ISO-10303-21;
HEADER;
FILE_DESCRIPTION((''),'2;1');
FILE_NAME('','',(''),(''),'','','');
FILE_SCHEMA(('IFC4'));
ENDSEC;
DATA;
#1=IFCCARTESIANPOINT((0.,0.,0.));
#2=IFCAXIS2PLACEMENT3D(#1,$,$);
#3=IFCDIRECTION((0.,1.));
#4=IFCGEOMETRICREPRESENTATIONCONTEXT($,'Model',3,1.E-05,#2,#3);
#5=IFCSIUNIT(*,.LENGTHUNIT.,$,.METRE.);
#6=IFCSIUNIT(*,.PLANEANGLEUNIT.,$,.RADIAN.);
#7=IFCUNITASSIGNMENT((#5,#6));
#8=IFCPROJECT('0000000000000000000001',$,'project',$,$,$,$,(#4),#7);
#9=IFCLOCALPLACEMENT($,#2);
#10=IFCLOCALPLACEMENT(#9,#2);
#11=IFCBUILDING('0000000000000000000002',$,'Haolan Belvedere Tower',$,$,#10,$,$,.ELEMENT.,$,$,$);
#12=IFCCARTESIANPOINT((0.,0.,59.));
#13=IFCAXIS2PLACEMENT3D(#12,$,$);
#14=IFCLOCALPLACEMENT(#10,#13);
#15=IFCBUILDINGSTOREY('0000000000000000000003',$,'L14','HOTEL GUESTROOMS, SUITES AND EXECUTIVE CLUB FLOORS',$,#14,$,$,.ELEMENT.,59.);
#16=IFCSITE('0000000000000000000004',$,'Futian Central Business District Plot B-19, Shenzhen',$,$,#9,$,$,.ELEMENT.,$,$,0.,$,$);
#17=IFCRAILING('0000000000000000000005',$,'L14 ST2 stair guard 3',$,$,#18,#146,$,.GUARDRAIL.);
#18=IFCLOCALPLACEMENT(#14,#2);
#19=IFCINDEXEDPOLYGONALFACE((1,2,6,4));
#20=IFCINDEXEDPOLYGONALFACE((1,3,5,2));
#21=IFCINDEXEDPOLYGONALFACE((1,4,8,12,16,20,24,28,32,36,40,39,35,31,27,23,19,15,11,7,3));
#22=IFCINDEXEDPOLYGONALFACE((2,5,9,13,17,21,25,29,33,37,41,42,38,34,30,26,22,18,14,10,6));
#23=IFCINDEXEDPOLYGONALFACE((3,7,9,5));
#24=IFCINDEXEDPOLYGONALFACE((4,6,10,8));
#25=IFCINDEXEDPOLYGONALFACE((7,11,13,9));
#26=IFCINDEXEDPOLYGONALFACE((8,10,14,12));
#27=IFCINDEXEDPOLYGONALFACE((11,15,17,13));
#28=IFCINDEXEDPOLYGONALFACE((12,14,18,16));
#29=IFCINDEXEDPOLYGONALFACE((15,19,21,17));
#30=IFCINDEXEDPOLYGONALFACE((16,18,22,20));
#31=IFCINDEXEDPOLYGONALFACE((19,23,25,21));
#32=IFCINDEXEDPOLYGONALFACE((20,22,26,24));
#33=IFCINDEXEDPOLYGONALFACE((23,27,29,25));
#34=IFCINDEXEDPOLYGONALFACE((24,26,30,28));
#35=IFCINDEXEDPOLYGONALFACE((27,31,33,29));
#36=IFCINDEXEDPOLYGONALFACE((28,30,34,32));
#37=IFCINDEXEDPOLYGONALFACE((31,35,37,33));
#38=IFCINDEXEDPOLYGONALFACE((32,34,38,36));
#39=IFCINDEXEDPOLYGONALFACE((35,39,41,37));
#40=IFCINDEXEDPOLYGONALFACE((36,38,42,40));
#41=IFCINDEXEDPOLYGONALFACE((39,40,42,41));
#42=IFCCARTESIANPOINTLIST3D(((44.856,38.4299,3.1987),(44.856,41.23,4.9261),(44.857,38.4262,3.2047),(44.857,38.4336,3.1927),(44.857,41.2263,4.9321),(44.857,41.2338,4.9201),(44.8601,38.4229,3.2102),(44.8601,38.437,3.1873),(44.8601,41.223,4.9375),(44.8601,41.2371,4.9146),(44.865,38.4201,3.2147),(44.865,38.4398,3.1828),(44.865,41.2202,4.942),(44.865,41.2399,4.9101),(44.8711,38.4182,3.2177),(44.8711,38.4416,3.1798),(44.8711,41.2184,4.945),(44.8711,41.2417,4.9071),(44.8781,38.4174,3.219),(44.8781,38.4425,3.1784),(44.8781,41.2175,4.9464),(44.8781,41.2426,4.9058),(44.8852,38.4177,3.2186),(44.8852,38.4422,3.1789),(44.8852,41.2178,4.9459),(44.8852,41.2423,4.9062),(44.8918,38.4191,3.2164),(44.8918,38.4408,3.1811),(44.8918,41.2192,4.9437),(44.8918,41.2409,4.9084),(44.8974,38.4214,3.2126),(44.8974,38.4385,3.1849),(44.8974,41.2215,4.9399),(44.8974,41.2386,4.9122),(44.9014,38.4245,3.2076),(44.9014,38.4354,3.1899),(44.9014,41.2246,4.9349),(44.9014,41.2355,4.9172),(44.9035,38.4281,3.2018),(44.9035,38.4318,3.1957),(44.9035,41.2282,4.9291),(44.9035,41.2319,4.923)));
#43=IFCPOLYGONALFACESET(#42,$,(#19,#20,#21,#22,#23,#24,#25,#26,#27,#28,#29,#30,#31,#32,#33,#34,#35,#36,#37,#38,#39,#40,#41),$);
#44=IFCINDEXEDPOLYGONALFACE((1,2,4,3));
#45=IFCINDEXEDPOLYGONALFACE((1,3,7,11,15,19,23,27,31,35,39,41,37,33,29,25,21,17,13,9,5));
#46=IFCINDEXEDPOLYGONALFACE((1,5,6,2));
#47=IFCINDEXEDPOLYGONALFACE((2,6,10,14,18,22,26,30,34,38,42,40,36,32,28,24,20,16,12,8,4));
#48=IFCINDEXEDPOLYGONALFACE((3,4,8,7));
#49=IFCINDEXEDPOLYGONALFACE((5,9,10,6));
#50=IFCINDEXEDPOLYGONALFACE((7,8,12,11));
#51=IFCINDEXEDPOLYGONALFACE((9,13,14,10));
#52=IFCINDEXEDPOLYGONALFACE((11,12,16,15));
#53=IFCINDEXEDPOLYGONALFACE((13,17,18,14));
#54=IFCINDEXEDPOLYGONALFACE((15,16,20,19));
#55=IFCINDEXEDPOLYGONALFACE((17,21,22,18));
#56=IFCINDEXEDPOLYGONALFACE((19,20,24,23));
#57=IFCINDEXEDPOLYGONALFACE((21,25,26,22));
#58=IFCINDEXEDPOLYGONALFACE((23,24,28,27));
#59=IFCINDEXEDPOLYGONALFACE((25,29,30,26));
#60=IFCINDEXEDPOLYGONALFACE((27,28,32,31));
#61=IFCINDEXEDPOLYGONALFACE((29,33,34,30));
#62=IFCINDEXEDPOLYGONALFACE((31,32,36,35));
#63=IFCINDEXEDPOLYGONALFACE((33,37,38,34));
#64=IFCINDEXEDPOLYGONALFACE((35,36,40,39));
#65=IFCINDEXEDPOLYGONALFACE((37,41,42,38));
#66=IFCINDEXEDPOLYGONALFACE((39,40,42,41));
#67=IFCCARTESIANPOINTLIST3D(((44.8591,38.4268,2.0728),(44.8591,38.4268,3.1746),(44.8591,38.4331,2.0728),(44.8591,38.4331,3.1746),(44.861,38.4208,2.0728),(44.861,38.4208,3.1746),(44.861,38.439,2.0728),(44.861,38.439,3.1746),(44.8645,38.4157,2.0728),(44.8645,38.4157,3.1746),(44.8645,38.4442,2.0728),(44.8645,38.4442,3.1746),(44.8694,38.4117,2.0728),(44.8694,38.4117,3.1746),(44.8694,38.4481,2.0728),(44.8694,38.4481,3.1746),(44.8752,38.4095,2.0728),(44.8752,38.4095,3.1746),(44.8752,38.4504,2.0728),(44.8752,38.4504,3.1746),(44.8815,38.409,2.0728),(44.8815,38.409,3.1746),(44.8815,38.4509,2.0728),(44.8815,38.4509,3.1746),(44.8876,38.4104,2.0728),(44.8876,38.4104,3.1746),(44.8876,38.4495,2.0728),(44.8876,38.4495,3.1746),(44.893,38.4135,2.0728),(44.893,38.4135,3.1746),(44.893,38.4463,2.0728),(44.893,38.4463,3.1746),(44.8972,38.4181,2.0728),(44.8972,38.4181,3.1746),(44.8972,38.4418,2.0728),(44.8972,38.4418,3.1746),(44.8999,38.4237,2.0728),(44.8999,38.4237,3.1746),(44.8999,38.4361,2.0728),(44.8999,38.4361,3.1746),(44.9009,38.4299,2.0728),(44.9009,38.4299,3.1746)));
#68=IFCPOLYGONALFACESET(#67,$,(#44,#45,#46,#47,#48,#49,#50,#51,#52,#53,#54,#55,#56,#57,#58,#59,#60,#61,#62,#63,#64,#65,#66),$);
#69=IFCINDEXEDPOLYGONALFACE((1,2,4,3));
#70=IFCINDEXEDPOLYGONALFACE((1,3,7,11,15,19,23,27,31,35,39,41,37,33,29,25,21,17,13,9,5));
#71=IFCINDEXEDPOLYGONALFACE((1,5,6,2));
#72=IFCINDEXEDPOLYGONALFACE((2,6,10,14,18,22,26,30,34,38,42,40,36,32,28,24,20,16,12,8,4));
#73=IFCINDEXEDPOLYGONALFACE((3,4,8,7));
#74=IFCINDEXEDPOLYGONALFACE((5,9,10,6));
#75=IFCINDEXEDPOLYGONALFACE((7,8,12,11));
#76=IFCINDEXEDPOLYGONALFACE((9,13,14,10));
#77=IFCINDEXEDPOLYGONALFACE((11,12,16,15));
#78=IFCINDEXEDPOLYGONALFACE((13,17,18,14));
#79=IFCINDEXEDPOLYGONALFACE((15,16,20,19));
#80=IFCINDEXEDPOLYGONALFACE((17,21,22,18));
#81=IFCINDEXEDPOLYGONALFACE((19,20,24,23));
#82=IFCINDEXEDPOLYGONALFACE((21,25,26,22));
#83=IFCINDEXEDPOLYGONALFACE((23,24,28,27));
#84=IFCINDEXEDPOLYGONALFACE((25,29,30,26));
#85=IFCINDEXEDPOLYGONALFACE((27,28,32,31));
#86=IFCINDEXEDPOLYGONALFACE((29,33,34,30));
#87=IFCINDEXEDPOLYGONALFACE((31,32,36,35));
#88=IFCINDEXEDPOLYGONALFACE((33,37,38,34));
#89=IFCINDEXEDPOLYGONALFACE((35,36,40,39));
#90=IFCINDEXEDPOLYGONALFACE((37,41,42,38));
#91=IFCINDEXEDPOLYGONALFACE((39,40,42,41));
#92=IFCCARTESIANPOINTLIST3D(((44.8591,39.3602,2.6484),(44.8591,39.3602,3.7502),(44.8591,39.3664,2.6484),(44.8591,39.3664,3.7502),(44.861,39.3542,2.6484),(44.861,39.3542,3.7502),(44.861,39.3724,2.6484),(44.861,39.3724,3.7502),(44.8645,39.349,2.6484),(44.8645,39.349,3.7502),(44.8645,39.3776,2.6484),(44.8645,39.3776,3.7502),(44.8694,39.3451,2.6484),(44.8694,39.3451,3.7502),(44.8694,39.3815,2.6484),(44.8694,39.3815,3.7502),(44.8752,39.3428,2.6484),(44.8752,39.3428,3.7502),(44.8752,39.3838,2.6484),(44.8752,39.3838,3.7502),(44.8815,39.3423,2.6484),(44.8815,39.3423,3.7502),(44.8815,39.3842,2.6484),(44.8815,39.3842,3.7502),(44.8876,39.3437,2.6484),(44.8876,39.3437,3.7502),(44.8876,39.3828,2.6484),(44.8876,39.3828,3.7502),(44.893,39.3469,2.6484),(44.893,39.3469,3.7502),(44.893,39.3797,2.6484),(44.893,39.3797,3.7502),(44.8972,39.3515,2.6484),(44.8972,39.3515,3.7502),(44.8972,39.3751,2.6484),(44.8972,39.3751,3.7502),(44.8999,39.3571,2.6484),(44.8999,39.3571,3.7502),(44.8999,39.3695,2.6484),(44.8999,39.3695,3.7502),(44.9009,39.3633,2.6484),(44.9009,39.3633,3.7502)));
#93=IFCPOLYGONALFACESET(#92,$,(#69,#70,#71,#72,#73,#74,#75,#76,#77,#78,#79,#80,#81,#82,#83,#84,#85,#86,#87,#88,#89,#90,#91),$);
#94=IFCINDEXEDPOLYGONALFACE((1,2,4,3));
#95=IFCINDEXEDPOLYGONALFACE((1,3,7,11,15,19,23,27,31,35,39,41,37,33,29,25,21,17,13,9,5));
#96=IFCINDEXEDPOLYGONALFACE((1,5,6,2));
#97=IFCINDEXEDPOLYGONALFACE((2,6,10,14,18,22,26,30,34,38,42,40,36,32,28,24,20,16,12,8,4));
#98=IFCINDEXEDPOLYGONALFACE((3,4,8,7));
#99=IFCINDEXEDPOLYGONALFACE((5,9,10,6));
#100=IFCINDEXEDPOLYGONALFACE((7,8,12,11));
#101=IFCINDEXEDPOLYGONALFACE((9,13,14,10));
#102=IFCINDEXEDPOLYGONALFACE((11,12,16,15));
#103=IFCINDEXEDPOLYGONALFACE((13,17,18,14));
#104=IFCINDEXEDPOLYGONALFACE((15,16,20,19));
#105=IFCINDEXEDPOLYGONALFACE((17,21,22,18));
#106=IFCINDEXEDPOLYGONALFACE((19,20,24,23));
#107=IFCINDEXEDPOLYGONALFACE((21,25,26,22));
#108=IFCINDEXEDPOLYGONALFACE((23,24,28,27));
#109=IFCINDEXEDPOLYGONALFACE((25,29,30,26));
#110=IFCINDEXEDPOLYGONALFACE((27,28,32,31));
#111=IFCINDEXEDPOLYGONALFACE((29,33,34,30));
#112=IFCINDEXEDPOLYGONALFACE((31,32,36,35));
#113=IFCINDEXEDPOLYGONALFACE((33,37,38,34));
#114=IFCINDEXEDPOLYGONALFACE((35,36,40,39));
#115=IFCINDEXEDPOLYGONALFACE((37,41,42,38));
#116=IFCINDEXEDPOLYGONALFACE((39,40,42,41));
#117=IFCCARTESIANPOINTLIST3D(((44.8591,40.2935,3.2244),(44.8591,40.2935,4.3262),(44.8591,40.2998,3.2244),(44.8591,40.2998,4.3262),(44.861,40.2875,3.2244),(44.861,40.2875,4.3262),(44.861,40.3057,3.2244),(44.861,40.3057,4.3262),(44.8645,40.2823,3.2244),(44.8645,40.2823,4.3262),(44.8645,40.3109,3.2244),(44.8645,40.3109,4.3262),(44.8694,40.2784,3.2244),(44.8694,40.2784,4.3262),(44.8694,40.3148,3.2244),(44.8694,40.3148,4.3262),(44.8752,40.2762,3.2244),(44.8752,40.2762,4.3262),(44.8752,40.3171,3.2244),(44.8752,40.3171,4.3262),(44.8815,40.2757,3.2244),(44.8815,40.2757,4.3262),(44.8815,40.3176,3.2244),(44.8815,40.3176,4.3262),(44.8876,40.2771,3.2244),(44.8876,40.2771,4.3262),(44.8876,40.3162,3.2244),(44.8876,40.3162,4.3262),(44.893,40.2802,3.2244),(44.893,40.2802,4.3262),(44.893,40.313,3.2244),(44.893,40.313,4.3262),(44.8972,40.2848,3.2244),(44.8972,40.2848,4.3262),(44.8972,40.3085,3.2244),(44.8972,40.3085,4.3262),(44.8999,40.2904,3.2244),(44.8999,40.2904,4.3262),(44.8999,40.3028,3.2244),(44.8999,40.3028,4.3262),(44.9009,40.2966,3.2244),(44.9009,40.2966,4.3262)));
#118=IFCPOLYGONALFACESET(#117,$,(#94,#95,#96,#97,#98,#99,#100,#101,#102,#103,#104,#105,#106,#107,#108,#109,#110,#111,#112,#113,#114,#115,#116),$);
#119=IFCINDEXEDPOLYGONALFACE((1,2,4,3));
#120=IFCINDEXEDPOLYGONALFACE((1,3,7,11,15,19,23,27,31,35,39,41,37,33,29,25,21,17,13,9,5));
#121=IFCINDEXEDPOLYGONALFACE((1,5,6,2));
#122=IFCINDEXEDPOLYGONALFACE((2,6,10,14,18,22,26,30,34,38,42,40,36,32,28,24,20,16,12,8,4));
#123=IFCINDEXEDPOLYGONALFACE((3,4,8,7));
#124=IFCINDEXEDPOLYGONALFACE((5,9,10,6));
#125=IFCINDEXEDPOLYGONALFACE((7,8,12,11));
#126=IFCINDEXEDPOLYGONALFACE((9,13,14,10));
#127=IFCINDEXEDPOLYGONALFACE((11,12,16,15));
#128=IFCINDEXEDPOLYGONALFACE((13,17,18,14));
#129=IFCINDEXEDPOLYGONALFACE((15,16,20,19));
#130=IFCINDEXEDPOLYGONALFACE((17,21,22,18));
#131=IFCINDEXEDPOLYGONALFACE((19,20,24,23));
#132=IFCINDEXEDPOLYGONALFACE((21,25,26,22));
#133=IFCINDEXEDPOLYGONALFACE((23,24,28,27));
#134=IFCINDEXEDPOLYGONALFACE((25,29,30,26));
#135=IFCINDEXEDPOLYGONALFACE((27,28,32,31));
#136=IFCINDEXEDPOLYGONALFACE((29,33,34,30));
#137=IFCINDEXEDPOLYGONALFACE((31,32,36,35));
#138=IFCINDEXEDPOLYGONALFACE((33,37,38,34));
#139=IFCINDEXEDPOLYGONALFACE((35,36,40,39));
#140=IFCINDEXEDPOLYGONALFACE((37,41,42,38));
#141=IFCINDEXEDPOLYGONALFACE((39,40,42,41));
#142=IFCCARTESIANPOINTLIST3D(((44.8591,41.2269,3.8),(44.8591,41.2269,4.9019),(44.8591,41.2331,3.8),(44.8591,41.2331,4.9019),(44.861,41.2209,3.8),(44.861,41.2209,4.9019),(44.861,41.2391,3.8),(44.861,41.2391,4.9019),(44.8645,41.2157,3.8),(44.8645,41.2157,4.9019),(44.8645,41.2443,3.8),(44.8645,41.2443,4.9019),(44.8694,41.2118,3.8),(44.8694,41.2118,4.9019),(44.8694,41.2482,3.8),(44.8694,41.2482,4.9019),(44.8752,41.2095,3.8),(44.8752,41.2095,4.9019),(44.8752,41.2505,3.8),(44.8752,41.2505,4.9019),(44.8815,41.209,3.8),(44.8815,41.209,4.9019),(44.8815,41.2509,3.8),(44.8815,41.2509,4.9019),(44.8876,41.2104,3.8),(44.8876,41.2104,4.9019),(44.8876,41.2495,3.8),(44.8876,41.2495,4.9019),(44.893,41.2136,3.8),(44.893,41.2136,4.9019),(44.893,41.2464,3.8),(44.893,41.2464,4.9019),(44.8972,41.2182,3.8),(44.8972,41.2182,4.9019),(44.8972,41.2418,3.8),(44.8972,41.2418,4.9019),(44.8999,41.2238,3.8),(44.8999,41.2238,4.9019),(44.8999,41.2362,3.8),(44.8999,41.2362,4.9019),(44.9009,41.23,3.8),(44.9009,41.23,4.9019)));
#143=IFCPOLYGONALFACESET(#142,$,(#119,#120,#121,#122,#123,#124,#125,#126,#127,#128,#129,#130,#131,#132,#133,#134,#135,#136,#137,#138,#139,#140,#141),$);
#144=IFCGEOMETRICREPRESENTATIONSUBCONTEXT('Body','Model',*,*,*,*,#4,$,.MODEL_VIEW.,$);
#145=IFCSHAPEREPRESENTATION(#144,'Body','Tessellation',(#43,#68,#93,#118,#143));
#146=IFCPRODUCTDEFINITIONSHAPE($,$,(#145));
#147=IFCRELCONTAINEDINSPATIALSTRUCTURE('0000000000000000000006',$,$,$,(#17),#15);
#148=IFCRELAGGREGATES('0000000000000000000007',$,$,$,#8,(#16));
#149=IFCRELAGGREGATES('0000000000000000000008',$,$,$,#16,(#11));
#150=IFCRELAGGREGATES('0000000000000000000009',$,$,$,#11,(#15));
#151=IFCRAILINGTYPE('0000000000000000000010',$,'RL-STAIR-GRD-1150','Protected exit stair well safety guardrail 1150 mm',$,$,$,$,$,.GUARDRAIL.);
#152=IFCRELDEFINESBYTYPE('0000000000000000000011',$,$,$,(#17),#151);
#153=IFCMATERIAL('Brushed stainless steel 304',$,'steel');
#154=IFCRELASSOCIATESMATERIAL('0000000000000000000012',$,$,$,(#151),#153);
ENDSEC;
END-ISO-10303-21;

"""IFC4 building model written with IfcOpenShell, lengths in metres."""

from ifc_helpers import new_model, si_unit, direction, frame, origin, origin_2d, place, context, subcontext, project, spatial, circle, extrude, material, type_object, element, save


model = new_model("IFC4")

# Units and contexts
model_context = context("Model", 3, precision=1e-05, world=origin(), true_north=direction((0.0, 1.0)))
body_context = subcontext(model_context, "Body", "Model", "MODEL_VIEW")
ifc_project = project(units=[si_unit("LENGTHUNIT", "METRE"), si_unit("PLANEANGLEUNIT", "RADIAN")], contexts=[model_context])

# Site, building, storey
site_placement = place(None, origin())
site = spatial("IfcSite", under=ifc_project, at=site_placement, Name="Futian Central Business District Plot B-19, Shenzhen", CompositionType="ELEMENT", RefElevation=0.0)
building_placement = place(site_placement, origin())
building = spatial("IfcBuilding", under=site, at=building_placement, Name="Haolan Belvedere Tower", CompositionType="ELEMENT")
storey_placement = place(building_placement, frame((0.0, 0.0, 59.0)))
storey = spatial("IfcBuildingStorey", under=building, at=storey_placement, Name="L14", Description="HOTEL GUESTROOMS, SUITES AND EXECUTIVE CLUB FLOORS", CompositionType="ELEMENT", Elevation=59.0)

# Railing
ifc_material_1 = material(Name="Brushed stainless steel 304", Category="steel")
railing_type_1 = type_object("IfcRailingType", Name="RL-STAIR-GRD-1150", Description="Protected exit stair well safety guardrail 1150 mm", PredefinedType="GUARDRAIL", material=ifc_material_1)
railing_1_placement = place(storey_placement, frame((44.8799, 38.4299, 2.0728)))
element("IfcRailing", 1, at=railing_1_placement, inside=storey, type_object=railing_type_1, Name="L14 ST2 stair guard 3", PredefinedType="GUARDRAIL", context=body_context, shape_type="SweptSolid", body=[
    extrude(circle(Radius=0.0239, at=origin_2d()), frame((0.0, 0.0, 1.126), z_axis=(0.0, 0.85109, 0.52502), x_axis=(-1.0, 0.0, 0.0)), (0.0, 0.0, 1.0), 3.29),
    extrude(circle(Radius=0.021, at=origin_2d()), origin(), (0.0, 0.0, 1.0), 1.1018),
    extrude(circle(Radius=0.021, at=origin_2d()), frame((0.0, 0.9333, 0.5757)), (0.0, 0.0, 1.0), 1.1018),
    extrude(circle(Radius=0.021, at=origin_2d()), frame((0.0, 1.8667, 1.1516)), (0.0, 0.0, 1.0), 1.1018),
    extrude(circle(Radius=0.021, at=origin_2d()), frame((0.0, 2.8, 1.7273)), (0.0, 0.0, 1.0), 1.1018),
])

save(model, "model.ifc")
